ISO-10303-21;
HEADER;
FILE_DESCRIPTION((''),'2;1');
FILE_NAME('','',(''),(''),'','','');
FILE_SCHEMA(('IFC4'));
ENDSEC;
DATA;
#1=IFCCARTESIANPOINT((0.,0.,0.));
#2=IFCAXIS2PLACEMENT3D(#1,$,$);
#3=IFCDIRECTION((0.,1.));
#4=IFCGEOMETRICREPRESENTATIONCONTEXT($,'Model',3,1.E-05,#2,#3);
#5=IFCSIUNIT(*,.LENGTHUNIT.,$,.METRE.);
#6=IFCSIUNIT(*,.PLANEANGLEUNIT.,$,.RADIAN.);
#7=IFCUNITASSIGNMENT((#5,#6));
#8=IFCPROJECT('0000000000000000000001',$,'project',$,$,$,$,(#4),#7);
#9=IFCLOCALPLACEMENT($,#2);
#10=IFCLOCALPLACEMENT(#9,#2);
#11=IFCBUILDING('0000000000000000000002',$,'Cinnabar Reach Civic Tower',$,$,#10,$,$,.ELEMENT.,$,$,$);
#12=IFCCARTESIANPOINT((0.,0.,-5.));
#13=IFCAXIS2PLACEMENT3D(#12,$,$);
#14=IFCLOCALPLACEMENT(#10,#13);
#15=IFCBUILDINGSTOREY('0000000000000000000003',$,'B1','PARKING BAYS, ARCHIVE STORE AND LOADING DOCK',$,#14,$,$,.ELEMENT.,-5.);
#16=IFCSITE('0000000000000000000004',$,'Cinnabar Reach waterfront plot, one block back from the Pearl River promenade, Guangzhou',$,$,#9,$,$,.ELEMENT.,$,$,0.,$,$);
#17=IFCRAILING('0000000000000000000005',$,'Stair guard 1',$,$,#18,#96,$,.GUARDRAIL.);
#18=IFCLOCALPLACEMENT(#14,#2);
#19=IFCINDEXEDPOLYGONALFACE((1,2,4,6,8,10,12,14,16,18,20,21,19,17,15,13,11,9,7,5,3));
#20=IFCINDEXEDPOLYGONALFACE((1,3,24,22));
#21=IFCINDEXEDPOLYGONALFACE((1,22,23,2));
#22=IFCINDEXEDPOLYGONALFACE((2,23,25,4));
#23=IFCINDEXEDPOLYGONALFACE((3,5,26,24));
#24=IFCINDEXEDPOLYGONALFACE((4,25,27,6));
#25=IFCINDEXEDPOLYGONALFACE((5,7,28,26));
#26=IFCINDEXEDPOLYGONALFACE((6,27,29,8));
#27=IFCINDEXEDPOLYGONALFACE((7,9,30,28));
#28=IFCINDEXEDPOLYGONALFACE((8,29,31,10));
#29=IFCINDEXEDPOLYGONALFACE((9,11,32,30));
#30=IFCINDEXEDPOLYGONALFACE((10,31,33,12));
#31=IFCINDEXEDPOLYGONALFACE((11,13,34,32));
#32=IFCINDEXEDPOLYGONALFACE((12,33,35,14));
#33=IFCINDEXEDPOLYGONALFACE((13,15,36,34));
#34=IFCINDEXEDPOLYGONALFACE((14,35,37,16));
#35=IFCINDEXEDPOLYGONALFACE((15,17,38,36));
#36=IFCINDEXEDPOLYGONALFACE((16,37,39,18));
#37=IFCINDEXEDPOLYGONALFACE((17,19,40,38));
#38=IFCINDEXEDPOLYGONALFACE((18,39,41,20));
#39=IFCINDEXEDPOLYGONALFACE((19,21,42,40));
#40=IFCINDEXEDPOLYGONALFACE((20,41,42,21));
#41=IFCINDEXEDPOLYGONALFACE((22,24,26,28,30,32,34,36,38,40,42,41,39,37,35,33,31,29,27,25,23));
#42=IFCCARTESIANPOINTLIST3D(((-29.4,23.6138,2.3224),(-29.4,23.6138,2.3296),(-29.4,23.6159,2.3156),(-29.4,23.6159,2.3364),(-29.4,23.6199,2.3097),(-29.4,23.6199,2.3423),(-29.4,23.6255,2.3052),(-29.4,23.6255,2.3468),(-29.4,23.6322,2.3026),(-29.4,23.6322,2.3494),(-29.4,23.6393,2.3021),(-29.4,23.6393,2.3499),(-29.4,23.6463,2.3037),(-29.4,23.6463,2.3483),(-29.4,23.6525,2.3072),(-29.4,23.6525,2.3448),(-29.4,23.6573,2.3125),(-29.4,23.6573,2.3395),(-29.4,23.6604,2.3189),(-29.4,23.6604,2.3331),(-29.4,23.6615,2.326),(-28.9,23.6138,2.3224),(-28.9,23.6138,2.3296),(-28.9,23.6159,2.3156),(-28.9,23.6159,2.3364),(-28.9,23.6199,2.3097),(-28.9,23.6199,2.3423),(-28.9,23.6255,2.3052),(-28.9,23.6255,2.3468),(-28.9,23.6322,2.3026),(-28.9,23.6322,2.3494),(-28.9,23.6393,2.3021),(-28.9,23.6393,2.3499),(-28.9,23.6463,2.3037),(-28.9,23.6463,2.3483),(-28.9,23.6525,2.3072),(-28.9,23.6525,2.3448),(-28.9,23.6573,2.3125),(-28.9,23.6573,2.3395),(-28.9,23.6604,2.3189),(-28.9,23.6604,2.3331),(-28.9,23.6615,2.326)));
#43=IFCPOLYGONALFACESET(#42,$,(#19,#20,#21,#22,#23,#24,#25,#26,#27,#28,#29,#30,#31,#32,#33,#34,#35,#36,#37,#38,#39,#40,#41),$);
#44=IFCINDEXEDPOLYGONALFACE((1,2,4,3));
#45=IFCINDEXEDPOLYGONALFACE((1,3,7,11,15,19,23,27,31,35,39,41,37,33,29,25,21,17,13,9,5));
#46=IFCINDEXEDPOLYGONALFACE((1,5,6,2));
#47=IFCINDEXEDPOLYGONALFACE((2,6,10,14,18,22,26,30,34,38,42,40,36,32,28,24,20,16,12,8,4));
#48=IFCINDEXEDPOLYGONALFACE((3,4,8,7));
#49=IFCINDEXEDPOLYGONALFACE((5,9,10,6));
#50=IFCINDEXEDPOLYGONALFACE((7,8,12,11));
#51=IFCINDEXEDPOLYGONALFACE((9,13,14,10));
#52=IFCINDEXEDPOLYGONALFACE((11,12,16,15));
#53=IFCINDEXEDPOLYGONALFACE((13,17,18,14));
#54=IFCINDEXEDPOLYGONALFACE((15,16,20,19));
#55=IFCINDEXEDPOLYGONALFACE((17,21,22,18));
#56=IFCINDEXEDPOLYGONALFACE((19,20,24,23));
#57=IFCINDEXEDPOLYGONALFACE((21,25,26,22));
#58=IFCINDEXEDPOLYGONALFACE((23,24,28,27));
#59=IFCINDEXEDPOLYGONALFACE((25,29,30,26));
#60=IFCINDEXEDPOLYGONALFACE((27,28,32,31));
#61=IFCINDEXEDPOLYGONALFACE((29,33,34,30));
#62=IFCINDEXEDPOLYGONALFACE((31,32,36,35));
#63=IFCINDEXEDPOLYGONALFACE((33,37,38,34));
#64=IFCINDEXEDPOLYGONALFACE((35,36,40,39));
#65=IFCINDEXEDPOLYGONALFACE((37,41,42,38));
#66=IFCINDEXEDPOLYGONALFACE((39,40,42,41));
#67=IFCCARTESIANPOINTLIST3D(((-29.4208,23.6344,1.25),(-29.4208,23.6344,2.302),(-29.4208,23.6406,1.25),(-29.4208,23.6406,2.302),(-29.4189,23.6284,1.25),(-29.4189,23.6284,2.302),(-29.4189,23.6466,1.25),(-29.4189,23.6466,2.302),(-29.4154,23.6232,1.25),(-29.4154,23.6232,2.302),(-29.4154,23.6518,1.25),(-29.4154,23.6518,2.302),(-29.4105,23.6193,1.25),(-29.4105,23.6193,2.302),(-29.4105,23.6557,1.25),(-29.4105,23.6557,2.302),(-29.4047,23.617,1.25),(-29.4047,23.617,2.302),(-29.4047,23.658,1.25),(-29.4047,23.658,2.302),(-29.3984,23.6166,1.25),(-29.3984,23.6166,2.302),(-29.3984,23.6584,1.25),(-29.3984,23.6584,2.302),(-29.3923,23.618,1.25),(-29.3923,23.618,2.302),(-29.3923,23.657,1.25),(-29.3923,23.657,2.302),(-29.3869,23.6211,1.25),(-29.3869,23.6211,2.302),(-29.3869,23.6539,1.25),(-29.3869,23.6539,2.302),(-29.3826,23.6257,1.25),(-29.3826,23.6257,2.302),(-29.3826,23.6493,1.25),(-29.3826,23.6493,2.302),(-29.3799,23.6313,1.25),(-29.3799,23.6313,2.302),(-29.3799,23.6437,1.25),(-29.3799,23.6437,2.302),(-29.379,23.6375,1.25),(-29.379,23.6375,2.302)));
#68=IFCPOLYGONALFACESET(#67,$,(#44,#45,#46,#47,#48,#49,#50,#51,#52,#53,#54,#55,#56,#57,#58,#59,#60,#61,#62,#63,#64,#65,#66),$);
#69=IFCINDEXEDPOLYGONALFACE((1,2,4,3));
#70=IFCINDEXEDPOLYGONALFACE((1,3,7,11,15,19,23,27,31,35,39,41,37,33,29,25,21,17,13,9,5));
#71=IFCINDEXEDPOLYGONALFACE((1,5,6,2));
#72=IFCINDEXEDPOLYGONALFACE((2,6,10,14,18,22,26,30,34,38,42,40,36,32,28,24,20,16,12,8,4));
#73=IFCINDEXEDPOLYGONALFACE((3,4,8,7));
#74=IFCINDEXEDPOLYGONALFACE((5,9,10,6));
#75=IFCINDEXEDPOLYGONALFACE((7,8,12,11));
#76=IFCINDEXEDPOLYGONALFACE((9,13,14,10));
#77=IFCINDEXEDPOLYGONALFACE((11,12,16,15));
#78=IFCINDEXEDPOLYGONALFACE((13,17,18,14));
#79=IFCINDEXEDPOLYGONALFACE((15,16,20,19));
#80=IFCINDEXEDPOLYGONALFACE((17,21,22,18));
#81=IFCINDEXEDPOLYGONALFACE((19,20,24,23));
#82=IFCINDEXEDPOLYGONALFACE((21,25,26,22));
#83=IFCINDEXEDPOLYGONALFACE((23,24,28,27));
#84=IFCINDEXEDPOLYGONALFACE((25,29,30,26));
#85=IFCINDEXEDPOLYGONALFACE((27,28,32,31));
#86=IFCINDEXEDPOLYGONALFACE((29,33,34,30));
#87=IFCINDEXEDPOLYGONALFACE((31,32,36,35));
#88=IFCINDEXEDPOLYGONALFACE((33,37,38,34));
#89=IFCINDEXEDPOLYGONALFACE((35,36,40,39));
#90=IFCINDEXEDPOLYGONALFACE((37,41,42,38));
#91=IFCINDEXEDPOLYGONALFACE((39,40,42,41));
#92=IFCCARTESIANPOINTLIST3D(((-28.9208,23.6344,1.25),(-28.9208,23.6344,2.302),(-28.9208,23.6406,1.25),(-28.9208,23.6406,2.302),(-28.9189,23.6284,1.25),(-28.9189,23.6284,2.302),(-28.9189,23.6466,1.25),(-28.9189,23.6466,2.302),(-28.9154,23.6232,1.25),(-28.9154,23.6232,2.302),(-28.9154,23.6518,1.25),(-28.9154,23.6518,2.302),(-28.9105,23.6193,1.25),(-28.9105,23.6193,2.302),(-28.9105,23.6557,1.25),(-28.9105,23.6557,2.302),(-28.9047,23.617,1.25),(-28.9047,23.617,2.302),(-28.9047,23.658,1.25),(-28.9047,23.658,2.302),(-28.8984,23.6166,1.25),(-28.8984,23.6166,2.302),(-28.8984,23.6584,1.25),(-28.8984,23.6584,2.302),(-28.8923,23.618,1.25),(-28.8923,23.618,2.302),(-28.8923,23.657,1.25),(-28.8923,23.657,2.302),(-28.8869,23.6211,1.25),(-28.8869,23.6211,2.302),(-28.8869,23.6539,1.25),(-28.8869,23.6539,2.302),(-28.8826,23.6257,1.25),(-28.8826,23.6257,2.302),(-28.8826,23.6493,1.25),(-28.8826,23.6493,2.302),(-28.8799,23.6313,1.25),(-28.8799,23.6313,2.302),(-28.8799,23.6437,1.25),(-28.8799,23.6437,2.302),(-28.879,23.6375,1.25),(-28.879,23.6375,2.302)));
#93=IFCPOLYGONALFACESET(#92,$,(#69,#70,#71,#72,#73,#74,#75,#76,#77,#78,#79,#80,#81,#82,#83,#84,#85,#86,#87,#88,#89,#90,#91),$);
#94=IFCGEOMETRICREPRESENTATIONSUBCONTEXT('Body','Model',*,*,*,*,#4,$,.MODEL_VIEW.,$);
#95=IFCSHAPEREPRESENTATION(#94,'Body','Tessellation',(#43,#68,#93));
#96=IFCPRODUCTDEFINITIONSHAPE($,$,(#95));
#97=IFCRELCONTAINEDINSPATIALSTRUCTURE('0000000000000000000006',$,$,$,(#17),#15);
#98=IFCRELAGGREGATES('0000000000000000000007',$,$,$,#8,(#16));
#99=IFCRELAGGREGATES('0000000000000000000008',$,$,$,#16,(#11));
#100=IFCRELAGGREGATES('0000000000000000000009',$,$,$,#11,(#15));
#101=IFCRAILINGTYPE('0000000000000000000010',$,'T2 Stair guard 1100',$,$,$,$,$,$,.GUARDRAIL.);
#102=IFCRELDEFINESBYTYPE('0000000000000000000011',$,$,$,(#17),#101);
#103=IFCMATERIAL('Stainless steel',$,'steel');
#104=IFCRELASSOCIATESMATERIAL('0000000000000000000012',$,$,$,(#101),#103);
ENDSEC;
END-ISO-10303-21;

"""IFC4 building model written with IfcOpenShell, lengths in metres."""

from ifc_helpers import new_model, si_unit, direction, frame, origin, origin_2d, place, context, subcontext, project, spatial, circle, extrude, material, type_object, element, save


model = new_model("IFC4")

# Units and contexts
model_context = context("Model", 3, precision=1e-05, world=origin(), true_north=direction((0.0, 1.0)))
body_context = subcontext(model_context, "Body", "Model", "MODEL_VIEW")
ifc_project = project(units=[si_unit("LENGTHUNIT", "METRE"), si_unit("PLANEANGLEUNIT", "RADIAN")], contexts=[model_context])

# Site, building, storey
site_placement = place(None, origin())
site = spatial("IfcSite", under=ifc_project, at=site_placement, Name="Cinnabar Reach waterfront plot, one block back from the Pearl River promenade, Guangzhou", CompositionType="ELEMENT", RefElevation=0.0)
building_placement = place(site_placement, origin())
building = spatial("IfcBuilding", under=site, at=building_placement, Name="Cinnabar Reach Civic Tower", CompositionType="ELEMENT")
storey_placement = place(building_placement, frame((0.0, 0.0, -5.0)))
storey = spatial("IfcBuildingStorey", under=building, at=storey_placement, Name="B1", Description="PARKING BAYS, ARCHIVE STORE AND LOADING DOCK", CompositionType="ELEMENT", Elevation=-5.0)

# Railing
ifc_material_1 = material(Name="Stainless steel", Category="steel")
railing_type_1 = type_object("IfcRailingType", Name="T2 Stair guard 1100", PredefinedType="GUARDRAIL", material=ifc_material_1)
railing_1_placement = place(storey_placement, frame((-29.4, 23.6375, 1.25)))
element("IfcRailing", 1, at=railing_1_placement, inside=storey, type_object=railing_type_1, Name="Stair guard 1", PredefinedType="GUARDRAIL", context=body_context, shape_type="SweptSolid", body=[
    extrude(circle(Radius=0.024, at=origin_2d()), frame((0.0, 0.0, 1.076), z_axis=(1.0, 0.0, 0.0), x_axis=(0.0, 1.0, 0.0)), (0.0, 0.0, 1.0), 0.5),
    extrude(circle(Radius=0.021, at=origin_2d()), origin(), (0.0, 0.0, 1.0), 1.052),
    extrude(circle(Radius=0.021, at=origin_2d()), frame((0.5, 0.0, 0.0)), (0.0, 0.0, 1.0), 1.052),
])

save(model, "model.ifc")
